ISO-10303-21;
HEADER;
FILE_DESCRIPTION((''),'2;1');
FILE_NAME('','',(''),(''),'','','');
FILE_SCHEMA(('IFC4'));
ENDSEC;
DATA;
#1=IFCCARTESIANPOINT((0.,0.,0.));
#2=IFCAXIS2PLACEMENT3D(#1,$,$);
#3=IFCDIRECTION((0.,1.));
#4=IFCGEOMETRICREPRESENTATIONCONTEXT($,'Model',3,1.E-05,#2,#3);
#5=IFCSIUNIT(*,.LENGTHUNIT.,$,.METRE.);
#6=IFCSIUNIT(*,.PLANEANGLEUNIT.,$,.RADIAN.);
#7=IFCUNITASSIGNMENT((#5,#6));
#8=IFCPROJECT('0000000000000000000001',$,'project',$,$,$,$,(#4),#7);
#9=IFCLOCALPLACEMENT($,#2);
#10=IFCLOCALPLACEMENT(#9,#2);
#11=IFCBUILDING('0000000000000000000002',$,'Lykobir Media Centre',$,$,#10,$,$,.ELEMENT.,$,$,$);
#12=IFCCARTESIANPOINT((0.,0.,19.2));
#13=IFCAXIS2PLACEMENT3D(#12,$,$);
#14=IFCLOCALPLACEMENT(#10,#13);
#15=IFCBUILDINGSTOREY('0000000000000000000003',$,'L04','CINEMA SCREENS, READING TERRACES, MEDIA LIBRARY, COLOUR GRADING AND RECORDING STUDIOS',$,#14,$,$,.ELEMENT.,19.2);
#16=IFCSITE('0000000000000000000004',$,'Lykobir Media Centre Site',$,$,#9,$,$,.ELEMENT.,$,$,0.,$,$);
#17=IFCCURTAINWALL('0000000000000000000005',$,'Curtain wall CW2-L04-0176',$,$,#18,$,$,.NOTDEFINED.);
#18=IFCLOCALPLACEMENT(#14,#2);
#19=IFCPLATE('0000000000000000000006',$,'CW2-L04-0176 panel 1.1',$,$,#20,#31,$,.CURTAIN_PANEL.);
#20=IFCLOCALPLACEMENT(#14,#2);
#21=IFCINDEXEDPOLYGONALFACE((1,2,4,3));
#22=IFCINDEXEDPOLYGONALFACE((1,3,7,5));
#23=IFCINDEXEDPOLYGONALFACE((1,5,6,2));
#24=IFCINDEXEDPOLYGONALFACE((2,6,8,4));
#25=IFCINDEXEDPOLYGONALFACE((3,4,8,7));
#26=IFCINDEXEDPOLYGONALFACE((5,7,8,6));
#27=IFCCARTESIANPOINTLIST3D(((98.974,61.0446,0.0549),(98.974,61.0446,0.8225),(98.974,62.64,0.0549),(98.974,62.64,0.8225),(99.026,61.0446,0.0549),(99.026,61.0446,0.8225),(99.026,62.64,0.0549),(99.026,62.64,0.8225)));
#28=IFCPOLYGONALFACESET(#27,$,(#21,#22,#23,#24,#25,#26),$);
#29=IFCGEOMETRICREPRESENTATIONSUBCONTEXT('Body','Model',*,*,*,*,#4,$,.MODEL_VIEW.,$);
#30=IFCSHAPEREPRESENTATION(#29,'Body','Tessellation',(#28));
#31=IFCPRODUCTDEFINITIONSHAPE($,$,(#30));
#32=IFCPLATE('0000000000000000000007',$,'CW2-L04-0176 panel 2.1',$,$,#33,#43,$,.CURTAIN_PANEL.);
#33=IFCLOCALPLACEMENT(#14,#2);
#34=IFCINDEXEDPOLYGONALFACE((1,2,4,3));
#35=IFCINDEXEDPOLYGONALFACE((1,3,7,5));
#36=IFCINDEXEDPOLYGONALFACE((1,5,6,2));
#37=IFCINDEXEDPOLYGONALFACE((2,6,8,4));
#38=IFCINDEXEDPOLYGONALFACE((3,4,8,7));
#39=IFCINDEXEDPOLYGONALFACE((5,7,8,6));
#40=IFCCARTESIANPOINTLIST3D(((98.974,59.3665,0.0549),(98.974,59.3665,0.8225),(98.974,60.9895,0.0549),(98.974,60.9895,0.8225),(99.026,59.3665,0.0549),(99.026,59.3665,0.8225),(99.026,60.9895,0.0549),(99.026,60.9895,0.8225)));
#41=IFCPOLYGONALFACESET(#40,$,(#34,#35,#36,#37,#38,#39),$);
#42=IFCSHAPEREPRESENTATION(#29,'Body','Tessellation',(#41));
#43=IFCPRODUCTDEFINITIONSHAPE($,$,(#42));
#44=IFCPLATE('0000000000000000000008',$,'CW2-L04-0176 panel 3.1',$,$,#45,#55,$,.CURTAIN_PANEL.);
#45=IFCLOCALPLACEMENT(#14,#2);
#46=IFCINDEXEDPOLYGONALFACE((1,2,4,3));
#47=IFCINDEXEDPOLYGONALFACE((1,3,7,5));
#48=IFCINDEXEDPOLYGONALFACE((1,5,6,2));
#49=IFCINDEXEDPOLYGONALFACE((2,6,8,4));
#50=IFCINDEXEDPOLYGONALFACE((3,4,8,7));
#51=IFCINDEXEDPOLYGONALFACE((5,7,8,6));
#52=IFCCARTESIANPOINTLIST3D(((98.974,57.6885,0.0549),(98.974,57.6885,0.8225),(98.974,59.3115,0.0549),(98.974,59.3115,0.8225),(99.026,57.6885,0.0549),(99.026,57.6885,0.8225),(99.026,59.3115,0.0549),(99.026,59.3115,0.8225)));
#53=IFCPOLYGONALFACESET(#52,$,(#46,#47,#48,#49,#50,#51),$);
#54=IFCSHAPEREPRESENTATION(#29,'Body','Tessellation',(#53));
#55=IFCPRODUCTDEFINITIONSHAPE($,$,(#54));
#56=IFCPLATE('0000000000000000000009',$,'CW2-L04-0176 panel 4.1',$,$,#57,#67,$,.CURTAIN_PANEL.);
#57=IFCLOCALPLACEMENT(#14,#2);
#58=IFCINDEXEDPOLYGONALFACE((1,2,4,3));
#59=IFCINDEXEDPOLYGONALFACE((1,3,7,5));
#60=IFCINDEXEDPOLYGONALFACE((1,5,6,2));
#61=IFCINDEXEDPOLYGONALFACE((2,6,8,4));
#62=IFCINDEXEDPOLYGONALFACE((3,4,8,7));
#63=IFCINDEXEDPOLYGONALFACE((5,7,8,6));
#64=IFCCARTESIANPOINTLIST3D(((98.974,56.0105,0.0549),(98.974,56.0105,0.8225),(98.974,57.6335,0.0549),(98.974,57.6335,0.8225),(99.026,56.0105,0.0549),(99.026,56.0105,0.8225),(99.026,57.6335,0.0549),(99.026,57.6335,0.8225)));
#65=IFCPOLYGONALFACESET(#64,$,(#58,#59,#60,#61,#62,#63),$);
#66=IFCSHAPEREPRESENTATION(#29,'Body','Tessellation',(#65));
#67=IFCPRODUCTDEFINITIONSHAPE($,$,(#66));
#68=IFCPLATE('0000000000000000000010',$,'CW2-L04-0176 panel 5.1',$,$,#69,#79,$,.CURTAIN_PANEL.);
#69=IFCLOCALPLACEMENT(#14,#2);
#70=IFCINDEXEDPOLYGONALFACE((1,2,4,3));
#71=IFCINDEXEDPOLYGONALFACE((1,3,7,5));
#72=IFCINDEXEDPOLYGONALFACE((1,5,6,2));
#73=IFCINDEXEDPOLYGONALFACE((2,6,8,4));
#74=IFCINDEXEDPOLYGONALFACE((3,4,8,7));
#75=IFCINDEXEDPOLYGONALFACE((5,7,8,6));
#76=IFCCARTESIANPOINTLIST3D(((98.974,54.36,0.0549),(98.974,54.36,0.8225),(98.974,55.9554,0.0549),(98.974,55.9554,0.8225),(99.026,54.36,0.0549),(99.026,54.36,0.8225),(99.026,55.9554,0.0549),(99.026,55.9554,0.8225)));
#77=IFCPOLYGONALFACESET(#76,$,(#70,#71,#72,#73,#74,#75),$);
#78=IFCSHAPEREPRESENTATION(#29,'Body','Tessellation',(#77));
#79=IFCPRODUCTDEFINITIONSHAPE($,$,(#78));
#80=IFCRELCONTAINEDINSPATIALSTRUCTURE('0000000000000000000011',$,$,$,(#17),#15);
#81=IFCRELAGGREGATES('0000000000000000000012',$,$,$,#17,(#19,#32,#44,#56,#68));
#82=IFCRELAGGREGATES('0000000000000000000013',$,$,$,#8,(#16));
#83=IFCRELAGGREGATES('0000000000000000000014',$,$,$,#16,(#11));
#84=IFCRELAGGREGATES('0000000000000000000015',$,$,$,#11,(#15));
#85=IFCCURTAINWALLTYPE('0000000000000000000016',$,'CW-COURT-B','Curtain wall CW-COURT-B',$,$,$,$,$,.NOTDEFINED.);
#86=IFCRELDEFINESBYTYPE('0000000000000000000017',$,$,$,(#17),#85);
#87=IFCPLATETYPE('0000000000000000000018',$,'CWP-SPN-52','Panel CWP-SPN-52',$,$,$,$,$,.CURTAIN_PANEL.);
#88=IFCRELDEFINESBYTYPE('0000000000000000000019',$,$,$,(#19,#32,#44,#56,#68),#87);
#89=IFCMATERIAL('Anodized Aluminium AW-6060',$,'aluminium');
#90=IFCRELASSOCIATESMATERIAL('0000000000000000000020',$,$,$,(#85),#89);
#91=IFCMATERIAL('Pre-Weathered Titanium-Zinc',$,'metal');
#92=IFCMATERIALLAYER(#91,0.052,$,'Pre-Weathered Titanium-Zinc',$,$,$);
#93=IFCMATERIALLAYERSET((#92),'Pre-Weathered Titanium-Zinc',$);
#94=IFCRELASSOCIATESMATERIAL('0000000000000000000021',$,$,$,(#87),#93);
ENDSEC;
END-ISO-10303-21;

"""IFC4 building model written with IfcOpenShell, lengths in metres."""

from ifc_helpers import new_model, si_unit, direction, frame, origin, origin_2d, place, context, subcontext, project, spatial, rectangle, extrude, material, layer, layer_set, type_object, element, aggregate, save


model = new_model("IFC4")

# Units and contexts
model_context = context("Model", 3, precision=1e-05, world=origin(), true_north=direction((0.0, 1.0)))
body_context = subcontext(model_context, "Body", "Model", "MODEL_VIEW")
ifc_project = project(units=[si_unit("LENGTHUNIT", "METRE"), si_unit("PLANEANGLEUNIT", "RADIAN")], contexts=[model_context])

# Site, building, storey
site_placement = place(None, origin())
site = spatial("IfcSite", under=ifc_project, at=site_placement, Name="Lykobir Media Centre Site", CompositionType="ELEMENT", RefElevation=0.0)
building_placement = place(site_placement, origin())
building = spatial("IfcBuilding", under=site, at=building_placement, Name="Lykobir Media Centre", CompositionType="ELEMENT")
storey_placement = place(building_placement, frame((0.0, 0.0, 19.2)))
storey = spatial("IfcBuildingStorey", under=building, at=storey_placement, Name="L04", Description="CINEMA SCREENS, READING TERRACES, MEDIA LIBRARY, COLOUR GRADING AND RECORDING STUDIOS", CompositionType="ELEMENT", Elevation=19.2)

# Curtain wall
ifc_material_1 = material(Name="Anodized Aluminium AW-6060", Category="aluminium")
curtain_wall_type = type_object("IfcCurtainWallType", Name="CW-COURT-B", Description="Curtain wall CW-COURT-B", PredefinedType="NOTDEFINED", material=ifc_material_1)
curtain_wall_1_placement = place(storey_placement, origin())
curtain_wall_1 = element("IfcCurtainWall", 1, at=curtain_wall_1_placement, inside=storey, type_object=curtain_wall_type, Name="Curtain wall CW2-L04-0176", PredefinedType="NOTDEFINED")

# Plates
ifc_material_2 = material(Name="Pre-Weathered Titanium-Zinc", Category="metal")
ifc_layer_1 = layer(ifc_material_2, 0.052, Name="Pre-Weathered Titanium-Zinc")
ifc_layer_set_1 = layer_set([ifc_layer_1], Name="Pre-Weathered Titanium-Zinc")
plate_type_1 = type_object("IfcPlateType", Name="CWP-SPN-52", Description="Panel CWP-SPN-52", PredefinedType="CURTAIN_PANEL", material=ifc_layer_set_1)
plate_1_placement = place(storey_placement, frame((99.0, 61.8423, 0.0549), z_axis=(0.0, 0.0, 1.0), x_axis=(0.0, -1.0, 0.0)))
plate_1 = element("IfcPlate", 2, at=plate_1_placement, type_object=plate_type_1, Name="CW2-L04-0176 panel 1.1", PredefinedType="CURTAIN_PANEL", context=body_context, shape_type="SweptSolid", body=[
    extrude(rectangle(XDim=1.5955, YDim=0.052, at=origin_2d()), origin(), (0.0, 0.0, 1.0), 0.7676),
])
plate_2_placement = place(storey_placement, frame((99.0, 60.178, 0.0549), z_axis=(0.0, 0.0, 1.0), x_axis=(0.0, -1.0, 0.0)))
plate_2 = element("IfcPlate", 3, at=plate_2_placement, type_object=plate_type_1, Name="CW2-L04-0176 panel 2.1", PredefinedType="CURTAIN_PANEL", context=body_context, shape_type="SweptSolid", body=[
    extrude(rectangle(XDim=1.623, YDim=0.052, at=origin_2d()), origin(), (0.0, 0.0, 1.0), 0.7676),
])
plate_3_placement = place(storey_placement, frame((99.0, 58.5, 0.0549), z_axis=(0.0, 0.0, 1.0), x_axis=(0.0, -1.0, 0.0)))
plate_3 = element("IfcPlate", 4, at=plate_3_placement, type_object=plate_type_1, Name="CW2-L04-0176 panel 3.1", PredefinedType="CURTAIN_PANEL", context=body_context, shape_type="SweptSolid", body=[
    extrude(rectangle(XDim=1.623, YDim=0.052, at=origin_2d()), origin(), (0.0, 0.0, 1.0), 0.7676),
])
plate_4_placement = place(storey_placement, frame((99.0, 56.822, 0.0549), z_axis=(0.0, 0.0, 1.0), x_axis=(0.0, -1.0, 0.0)))
plate_4 = element("IfcPlate", 5, at=plate_4_placement, type_object=plate_type_1, Name="CW2-L04-0176 panel 4.1", PredefinedType="CURTAIN_PANEL", context=body_context, shape_type="SweptSolid", body=[
    extrude(rectangle(XDim=1.623, YDim=0.052, at=origin_2d()), origin(), (0.0, 0.0, 1.0), 0.7676),
])
plate_5_placement = place(storey_placement, frame((99.0, 55.1577, 0.0549), z_axis=(0.0, 0.0, 1.0), x_axis=(0.0, -1.0, 0.0)))
plate_5 = element("IfcPlate", 6, at=plate_5_placement, type_object=plate_type_1, Name="CW2-L04-0176 panel 5.1", PredefinedType="CURTAIN_PANEL", context=body_context, shape_type="SweptSolid", body=[
    extrude(rectangle(XDim=1.5955, YDim=0.052, at=origin_2d()), origin(), (0.0, 0.0, 1.0), 0.7676),
])
aggregate(curtain_wall_1, [plate_1, plate_2, plate_3, plate_4, plate_5])

save(model, "model.ifc")
